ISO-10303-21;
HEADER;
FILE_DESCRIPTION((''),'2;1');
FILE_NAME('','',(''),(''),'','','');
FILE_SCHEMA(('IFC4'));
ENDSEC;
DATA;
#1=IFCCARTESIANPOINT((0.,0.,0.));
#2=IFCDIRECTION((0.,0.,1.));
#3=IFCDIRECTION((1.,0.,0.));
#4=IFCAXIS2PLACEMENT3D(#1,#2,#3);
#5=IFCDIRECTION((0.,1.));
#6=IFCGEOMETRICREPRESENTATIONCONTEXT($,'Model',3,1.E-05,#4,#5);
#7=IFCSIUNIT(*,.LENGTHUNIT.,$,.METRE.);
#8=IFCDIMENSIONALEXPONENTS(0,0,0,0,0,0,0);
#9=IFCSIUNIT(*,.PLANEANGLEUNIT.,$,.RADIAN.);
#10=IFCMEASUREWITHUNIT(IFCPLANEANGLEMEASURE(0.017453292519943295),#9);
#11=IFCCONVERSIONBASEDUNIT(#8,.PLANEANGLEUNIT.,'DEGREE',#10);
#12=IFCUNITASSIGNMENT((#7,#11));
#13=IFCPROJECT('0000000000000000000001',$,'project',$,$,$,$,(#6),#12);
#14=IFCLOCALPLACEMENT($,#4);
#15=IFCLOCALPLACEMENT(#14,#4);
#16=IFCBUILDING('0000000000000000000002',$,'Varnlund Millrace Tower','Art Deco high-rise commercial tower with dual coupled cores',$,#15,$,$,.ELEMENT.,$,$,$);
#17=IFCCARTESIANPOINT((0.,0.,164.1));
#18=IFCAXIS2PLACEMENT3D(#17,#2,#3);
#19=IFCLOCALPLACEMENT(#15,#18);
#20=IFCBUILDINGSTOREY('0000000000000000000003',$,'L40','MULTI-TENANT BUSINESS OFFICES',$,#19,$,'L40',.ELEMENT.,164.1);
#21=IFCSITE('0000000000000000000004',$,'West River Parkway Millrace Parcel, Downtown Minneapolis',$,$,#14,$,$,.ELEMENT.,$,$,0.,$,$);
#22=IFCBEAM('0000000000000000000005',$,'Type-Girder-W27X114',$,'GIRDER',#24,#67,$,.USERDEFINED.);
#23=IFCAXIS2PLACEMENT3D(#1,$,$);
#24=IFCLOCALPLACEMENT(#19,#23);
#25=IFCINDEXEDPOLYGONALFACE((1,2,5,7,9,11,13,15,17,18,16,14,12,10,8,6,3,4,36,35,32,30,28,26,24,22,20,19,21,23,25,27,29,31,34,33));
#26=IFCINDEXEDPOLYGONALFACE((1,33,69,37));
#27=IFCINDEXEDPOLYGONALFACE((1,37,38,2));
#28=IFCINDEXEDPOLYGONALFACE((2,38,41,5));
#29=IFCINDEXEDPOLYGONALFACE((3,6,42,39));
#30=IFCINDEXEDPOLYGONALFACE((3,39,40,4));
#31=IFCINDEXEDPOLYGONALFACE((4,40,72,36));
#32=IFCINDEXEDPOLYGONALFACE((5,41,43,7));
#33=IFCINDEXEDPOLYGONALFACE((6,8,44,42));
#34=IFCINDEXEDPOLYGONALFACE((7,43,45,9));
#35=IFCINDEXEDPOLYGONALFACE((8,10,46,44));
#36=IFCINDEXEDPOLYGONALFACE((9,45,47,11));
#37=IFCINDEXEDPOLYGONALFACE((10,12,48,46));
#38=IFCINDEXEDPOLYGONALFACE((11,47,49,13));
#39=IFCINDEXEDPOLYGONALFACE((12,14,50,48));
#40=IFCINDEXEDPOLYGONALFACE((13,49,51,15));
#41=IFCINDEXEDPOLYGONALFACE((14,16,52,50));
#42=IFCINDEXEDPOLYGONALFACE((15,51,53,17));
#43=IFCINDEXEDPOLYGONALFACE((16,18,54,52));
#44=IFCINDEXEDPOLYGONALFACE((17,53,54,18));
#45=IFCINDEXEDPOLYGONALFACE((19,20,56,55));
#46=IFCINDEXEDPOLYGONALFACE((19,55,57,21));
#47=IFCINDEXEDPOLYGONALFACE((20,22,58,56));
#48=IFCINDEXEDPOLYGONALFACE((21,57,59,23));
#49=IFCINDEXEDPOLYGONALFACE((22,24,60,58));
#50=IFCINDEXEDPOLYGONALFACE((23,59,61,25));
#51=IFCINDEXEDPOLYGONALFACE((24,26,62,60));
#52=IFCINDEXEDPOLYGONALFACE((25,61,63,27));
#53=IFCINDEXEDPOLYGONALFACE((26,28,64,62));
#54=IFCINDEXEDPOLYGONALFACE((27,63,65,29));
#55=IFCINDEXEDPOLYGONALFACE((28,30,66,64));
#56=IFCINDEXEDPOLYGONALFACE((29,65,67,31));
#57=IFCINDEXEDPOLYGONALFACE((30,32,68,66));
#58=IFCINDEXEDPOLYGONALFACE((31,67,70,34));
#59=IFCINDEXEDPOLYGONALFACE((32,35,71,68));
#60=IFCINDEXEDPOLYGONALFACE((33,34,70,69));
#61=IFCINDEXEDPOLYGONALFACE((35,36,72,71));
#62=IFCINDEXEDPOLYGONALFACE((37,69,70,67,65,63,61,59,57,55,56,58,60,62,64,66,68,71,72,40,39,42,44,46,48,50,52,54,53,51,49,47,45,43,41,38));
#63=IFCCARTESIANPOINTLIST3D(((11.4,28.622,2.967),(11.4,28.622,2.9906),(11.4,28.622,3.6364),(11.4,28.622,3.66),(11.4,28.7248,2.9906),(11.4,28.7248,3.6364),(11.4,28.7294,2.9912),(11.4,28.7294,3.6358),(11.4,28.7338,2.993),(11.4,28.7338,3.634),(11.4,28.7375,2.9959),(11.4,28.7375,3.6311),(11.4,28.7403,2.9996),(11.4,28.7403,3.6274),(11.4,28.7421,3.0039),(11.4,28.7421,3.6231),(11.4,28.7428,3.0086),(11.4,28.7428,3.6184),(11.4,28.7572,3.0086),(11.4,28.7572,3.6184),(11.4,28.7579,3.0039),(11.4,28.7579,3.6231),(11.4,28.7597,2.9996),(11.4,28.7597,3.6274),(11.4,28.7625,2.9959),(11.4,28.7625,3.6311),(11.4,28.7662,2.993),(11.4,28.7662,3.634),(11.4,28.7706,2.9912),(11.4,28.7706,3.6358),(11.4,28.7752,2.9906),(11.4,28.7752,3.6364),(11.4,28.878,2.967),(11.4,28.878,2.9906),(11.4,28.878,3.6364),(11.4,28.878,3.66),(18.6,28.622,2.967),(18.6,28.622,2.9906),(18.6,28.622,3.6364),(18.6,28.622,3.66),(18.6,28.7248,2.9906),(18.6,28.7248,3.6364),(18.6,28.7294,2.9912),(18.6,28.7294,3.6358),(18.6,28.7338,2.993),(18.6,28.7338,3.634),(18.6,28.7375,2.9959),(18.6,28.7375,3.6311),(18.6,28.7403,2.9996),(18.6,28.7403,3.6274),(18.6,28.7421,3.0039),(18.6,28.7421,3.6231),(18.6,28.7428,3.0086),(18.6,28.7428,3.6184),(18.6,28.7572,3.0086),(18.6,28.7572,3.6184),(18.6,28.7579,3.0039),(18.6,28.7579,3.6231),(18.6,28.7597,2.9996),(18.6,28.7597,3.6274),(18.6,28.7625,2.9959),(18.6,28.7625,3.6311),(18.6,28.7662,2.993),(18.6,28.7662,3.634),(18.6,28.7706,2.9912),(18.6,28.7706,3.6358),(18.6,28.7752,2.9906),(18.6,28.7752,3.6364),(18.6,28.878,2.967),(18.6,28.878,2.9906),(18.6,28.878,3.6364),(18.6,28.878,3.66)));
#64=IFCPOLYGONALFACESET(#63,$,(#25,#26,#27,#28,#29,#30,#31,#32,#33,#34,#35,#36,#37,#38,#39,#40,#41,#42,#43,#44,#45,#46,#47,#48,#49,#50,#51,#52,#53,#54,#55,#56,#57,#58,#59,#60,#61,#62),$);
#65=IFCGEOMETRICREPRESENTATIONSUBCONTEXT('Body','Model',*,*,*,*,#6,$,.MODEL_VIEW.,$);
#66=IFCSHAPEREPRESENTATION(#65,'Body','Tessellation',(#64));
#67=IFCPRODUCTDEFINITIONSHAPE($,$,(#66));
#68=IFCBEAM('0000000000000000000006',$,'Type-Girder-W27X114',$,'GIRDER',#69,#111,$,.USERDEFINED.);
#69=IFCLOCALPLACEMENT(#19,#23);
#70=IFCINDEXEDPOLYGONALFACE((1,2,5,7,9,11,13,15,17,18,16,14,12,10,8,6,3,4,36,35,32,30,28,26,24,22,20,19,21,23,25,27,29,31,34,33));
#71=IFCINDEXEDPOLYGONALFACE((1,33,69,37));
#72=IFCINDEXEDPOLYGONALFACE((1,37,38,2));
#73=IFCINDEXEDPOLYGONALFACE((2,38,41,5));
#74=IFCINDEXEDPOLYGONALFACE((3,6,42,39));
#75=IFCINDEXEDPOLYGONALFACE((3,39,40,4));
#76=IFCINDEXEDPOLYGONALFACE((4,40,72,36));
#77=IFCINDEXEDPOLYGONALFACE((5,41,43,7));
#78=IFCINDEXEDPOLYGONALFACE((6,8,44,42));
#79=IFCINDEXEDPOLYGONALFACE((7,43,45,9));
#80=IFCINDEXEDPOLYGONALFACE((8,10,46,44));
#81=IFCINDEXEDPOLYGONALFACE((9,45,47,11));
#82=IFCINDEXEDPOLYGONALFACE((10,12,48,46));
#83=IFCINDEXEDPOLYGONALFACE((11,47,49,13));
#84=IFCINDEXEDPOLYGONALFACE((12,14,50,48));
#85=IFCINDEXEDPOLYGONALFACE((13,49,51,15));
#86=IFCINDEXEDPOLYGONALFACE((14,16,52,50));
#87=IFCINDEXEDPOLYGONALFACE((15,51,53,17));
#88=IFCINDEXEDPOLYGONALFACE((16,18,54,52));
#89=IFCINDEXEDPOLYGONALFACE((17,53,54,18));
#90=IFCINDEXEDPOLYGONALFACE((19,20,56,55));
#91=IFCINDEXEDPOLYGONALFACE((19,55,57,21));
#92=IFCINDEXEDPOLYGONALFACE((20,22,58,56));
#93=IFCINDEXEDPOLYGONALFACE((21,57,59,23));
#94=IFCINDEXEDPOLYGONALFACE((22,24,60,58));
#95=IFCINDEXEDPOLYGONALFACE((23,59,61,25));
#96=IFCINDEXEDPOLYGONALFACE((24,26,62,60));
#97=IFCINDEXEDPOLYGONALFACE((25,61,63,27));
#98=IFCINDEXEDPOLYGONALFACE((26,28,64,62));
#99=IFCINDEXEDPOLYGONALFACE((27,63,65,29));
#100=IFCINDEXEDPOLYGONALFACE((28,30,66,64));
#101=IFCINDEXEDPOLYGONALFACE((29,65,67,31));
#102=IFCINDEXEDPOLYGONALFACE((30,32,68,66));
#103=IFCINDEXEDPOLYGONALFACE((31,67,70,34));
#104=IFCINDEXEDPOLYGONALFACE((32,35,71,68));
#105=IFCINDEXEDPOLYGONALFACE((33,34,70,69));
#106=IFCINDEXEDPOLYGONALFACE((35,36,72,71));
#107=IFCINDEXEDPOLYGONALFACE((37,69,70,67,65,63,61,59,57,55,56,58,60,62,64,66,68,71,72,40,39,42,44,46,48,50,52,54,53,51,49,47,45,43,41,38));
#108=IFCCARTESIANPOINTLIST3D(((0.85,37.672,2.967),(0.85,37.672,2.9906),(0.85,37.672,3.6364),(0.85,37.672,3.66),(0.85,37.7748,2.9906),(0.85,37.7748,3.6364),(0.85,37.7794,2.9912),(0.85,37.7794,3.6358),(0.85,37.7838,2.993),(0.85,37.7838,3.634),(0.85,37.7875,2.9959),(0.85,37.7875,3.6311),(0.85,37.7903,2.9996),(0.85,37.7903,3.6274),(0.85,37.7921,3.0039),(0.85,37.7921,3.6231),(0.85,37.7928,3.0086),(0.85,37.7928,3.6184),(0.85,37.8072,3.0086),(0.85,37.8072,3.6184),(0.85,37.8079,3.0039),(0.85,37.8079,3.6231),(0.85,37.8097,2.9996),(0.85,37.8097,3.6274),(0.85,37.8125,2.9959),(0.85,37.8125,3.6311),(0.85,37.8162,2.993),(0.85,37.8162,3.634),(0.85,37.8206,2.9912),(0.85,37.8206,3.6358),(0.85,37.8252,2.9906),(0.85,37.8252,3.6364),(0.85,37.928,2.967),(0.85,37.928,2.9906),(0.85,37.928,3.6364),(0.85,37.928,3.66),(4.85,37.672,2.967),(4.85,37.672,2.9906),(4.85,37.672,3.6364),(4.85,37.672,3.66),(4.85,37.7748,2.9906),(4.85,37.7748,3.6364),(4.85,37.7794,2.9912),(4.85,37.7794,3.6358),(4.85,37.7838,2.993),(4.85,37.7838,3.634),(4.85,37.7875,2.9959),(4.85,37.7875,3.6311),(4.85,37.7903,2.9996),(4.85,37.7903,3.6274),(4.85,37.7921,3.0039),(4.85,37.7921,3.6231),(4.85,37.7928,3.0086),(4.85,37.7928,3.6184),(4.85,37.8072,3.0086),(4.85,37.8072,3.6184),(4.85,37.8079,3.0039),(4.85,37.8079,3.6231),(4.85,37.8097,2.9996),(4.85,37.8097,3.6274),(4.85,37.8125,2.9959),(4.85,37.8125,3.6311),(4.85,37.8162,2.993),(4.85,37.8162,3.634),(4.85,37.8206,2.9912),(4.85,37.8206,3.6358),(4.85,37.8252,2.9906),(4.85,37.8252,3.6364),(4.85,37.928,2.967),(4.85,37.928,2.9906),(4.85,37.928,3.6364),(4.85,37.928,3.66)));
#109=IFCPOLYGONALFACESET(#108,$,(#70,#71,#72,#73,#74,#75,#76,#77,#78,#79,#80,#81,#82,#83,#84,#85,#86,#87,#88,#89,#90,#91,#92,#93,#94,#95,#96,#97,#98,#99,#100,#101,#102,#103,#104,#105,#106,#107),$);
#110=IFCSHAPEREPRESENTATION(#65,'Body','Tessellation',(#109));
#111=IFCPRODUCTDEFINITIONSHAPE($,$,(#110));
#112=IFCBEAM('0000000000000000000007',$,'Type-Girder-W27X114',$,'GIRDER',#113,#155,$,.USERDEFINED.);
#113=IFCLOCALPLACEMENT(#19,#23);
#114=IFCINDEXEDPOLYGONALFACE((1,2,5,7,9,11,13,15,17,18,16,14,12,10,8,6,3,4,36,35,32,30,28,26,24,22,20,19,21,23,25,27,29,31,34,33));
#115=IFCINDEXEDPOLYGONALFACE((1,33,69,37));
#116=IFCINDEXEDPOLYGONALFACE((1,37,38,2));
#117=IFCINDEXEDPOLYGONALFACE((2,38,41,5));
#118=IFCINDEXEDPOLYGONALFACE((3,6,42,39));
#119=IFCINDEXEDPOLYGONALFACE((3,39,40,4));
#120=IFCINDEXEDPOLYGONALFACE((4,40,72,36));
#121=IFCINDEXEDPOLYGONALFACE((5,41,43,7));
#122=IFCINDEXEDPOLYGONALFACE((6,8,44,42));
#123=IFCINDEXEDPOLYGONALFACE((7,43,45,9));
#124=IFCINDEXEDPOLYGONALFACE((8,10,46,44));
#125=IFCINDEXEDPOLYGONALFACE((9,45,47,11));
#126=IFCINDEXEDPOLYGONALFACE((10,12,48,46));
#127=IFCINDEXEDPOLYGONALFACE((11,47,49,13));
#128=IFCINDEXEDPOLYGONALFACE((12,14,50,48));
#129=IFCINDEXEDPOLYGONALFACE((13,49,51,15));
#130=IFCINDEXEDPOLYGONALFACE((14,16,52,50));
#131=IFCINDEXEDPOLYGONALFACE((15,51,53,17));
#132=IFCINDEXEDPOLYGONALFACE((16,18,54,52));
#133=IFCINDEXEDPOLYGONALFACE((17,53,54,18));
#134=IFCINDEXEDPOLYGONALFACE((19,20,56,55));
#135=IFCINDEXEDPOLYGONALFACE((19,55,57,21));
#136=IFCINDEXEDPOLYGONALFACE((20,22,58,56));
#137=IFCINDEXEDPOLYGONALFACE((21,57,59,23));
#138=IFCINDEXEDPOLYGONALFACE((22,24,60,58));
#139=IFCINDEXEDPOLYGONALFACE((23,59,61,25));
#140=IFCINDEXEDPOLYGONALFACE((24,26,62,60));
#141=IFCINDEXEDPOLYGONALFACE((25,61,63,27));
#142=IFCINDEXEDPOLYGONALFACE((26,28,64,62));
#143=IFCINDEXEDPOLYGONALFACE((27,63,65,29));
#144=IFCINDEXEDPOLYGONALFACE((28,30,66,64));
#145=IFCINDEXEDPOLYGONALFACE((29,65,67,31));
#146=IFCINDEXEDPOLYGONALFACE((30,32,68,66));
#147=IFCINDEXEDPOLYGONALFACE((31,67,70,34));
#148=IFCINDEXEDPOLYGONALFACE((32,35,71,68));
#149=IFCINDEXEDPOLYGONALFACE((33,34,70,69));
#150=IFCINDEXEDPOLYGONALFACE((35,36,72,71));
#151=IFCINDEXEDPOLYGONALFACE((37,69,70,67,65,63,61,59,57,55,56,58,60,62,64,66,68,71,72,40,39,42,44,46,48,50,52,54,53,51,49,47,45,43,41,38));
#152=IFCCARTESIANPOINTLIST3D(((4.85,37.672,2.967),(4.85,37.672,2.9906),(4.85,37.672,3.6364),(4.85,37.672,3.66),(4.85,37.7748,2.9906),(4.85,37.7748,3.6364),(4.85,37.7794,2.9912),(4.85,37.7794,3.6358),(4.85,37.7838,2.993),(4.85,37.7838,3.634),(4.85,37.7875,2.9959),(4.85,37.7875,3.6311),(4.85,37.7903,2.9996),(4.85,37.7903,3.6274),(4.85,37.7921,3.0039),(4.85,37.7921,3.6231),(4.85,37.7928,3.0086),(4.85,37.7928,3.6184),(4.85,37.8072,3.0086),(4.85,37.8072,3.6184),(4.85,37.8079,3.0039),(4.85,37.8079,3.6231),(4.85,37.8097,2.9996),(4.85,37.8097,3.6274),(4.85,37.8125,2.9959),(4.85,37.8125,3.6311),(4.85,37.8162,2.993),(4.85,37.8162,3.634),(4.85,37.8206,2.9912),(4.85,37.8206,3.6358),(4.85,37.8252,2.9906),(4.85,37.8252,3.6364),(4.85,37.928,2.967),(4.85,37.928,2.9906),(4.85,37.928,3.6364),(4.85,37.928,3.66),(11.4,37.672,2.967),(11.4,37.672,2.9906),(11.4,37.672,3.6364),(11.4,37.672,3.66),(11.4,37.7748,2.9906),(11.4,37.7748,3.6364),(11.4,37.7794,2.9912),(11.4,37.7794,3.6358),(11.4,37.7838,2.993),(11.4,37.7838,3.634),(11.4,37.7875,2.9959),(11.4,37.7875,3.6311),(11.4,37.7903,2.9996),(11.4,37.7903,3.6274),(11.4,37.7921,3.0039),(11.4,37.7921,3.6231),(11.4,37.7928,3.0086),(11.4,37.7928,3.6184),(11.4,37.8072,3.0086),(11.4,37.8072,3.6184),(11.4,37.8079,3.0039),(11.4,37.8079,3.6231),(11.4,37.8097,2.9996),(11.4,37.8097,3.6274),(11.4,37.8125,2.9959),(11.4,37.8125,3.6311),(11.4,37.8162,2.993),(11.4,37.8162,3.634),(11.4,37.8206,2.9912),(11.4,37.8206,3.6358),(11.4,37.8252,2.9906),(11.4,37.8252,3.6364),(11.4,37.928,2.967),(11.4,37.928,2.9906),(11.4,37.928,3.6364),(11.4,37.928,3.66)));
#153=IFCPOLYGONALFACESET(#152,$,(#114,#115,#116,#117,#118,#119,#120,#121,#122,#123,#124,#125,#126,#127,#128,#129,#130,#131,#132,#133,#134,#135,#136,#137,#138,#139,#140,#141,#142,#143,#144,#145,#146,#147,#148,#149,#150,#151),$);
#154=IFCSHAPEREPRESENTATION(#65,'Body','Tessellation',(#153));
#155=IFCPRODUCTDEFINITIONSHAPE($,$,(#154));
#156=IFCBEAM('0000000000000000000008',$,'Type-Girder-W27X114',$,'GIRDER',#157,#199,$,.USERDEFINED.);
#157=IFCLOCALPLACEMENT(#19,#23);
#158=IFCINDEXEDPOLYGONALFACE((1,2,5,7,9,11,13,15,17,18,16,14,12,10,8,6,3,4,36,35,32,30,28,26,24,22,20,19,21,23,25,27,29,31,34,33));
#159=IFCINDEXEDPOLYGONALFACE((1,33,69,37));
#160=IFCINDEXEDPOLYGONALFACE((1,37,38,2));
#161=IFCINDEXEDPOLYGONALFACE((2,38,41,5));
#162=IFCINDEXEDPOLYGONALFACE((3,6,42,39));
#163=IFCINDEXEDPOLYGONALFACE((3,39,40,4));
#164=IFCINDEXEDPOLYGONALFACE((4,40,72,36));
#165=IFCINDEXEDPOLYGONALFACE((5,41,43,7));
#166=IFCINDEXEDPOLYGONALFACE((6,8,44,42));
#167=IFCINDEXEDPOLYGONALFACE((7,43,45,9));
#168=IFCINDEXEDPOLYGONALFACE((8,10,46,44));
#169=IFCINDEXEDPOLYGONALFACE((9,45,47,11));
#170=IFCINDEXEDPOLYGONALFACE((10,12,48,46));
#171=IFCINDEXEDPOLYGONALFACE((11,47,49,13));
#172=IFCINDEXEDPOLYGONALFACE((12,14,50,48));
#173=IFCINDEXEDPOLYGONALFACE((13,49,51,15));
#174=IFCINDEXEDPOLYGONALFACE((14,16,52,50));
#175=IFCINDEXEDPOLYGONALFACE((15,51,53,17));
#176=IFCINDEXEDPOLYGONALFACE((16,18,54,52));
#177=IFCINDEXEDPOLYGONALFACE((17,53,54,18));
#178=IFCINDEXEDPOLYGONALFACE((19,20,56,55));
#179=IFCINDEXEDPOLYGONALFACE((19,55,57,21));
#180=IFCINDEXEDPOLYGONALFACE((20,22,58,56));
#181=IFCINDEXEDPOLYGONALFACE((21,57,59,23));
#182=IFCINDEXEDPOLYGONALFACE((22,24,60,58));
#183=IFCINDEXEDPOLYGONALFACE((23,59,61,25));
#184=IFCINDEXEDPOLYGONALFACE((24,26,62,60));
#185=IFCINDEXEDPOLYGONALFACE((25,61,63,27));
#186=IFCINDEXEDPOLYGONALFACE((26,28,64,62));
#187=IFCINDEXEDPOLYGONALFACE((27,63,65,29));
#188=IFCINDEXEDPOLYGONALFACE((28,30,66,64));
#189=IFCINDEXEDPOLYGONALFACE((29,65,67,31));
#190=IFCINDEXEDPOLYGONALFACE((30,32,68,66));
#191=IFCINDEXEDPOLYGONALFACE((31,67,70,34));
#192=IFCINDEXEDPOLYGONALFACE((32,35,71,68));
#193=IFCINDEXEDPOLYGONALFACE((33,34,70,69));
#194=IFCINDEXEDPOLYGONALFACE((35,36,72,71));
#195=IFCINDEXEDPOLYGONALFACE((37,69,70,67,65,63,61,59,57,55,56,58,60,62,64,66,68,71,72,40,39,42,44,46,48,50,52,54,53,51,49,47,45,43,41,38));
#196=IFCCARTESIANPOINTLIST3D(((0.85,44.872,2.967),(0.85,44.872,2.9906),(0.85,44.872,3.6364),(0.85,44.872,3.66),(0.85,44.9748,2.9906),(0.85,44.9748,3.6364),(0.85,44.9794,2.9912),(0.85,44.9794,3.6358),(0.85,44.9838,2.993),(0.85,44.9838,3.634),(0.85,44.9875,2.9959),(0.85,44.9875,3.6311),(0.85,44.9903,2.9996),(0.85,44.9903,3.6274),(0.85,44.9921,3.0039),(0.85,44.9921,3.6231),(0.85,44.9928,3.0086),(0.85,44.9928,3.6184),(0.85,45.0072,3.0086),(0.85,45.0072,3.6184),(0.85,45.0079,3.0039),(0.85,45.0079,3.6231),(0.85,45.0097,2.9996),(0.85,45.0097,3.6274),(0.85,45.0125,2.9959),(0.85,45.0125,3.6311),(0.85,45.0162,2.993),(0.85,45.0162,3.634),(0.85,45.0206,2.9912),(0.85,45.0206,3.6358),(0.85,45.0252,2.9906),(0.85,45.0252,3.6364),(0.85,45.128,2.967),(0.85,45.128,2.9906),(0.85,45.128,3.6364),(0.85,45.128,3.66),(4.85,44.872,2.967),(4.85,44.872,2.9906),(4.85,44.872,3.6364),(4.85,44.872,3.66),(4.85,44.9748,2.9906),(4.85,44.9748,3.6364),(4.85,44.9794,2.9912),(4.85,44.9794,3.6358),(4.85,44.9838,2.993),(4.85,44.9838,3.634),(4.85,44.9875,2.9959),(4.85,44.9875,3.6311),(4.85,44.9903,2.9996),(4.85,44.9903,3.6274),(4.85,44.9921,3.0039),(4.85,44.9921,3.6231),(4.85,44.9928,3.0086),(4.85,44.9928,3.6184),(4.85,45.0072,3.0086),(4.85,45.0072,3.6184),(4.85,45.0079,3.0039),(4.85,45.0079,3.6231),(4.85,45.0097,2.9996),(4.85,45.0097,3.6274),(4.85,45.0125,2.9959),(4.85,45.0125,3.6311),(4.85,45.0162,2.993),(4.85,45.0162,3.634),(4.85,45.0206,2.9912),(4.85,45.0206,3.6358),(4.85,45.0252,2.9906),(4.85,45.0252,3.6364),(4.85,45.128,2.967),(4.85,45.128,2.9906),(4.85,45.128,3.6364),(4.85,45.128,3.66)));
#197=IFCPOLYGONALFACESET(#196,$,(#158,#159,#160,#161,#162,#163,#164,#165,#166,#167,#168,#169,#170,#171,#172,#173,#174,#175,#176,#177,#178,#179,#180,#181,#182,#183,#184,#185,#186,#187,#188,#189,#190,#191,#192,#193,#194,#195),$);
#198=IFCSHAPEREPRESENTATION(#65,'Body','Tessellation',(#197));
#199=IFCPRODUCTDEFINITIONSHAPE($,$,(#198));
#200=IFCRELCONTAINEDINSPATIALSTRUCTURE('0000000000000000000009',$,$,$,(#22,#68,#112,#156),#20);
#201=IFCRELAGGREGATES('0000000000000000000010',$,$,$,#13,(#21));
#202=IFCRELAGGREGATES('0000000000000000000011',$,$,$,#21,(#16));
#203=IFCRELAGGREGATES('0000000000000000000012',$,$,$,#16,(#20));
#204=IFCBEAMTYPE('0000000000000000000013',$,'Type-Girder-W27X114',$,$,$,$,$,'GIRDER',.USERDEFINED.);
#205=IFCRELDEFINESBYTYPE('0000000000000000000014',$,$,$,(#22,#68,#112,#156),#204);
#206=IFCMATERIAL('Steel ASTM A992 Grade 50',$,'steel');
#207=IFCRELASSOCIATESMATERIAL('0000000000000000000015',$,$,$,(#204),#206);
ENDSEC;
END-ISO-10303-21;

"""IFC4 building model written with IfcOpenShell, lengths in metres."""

from ifc_helpers import new_model, entity, si_unit, converted_unit, direction, frame, origin_with_axes, origin_2d_with_axis, place, context, subcontext, project, spatial, i_section, extrude, material, material_profile, profile_set, type_object, element, save


model = new_model("IFC4")

# Units and contexts
model_context = context("Model", 3, precision=1e-05, world=origin_with_axes(), true_north=direction((0.0, 1.0)))
body_context = subcontext(model_context, "Body", "Model", "MODEL_VIEW")
ifc_project = project(units=[si_unit("LENGTHUNIT", "METRE"), converted_unit("PLANEANGLEUNIT", "DEGREE", entity("IfcPlaneAngleMeasure", 0.017453292519943295), si_unit("PLANEANGLEUNIT", "RADIAN"), dimensions=[0, 0, 0, 0, 0, 0, 0])], contexts=[model_context])

# Site, building, storey
site_placement = place(None, origin_with_axes())
site = spatial("IfcSite", under=ifc_project, at=site_placement, Name="West River Parkway Millrace Parcel, Downtown Minneapolis", CompositionType="ELEMENT", RefElevation=0.0)
building_placement = place(site_placement, origin_with_axes())
building = spatial("IfcBuilding", under=site, at=building_placement, Name="Varnlund Millrace Tower", Description="Art Deco high-rise commercial tower with dual coupled cores", CompositionType="ELEMENT")
storey_placement = place(building_placement, frame((0.0, 0.0, 164.1), z_axis=(0.0, 0.0, 1.0), x_axis=(1.0, 0.0, 0.0)))
storey = spatial("IfcBuildingStorey", under=building, at=storey_placement, Name="L40", Description="MULTI-TENANT BUSINESS OFFICES", LongName="L40", CompositionType="ELEMENT", Elevation=164.1)

# Beams
ifc_material_1 = material(Name="Steel ASTM A992 Grade 50", Category="steel")
ifc_material_profile_1 = material_profile(ifc_material_1, i_section(OverallWidth=0.256, OverallDepth=0.693, WebThickness=0.0145, FlangeThickness=0.0236, FilletRadius=0.018, at=origin_2d_with_axis()), Name="Steel ASTM A992 Grade 50")
ifc_profile_set_1 = profile_set([ifc_material_profile_1], Name="Steel ASTM A992 Grade 50")
beam_type_1 = type_object("IfcBeamType", Name="Type-Girder-W27X114", ElementType="GIRDER", PredefinedType="USERDEFINED", material=ifc_profile_set_1)
beam_1_placement = place(storey_placement, frame((11.4, 28.75, 3.3135), z_axis=(1.0, 0.0, 0.0), x_axis=(0.0, 1.0, 0.0)))
element("IfcBeam", 1, at=beam_1_placement, inside=storey, type_object=beam_type_1, Name="Type-Girder-W27X114", ObjectType="GIRDER", PredefinedType="USERDEFINED", context=body_context, shape_type="SweptSolid", body=[
    extrude(i_section(OverallWidth=0.256, OverallDepth=0.693, WebThickness=0.0145, FlangeThickness=0.0236, FilletRadius=0.018, at=origin_2d_with_axis()), origin_with_axes(), (0.0, 0.0, 1.0), 7.2),
])
beam_2_placement = place(storey_placement, frame((0.85, 37.8, 3.3135), z_axis=(1.0, 0.0, 0.0), x_axis=(0.0, 1.0, 0.0)))
element("IfcBeam", 2, at=beam_2_placement, inside=storey, type_object=beam_type_1, Name="Type-Girder-W27X114", ObjectType="GIRDER", PredefinedType="USERDEFINED", context=body_context, shape_type="SweptSolid", body=[
    extrude(i_section(OverallWidth=0.256, OverallDepth=0.693, WebThickness=0.0145, FlangeThickness=0.0236, FilletRadius=0.018, at=origin_2d_with_axis()), origin_with_axes(), (0.0, 0.0, 1.0), 4.0),
])
beam_3_placement = place(storey_placement, frame((4.85, 37.8, 3.3135), z_axis=(1.0, 0.0, 0.0), x_axis=(0.0, 1.0, 0.0)))
element("IfcBeam", 3, at=beam_3_placement, inside=storey, type_object=beam_type_1, Name="Type-Girder-W27X114", ObjectType="GIRDER", PredefinedType="USERDEFINED", context=body_context, shape_type="SweptSolid", body=[
    extrude(i_section(OverallWidth=0.256, OverallDepth=0.693, WebThickness=0.0145, FlangeThickness=0.0236, FilletRadius=0.018, at=origin_2d_with_axis()), origin_with_axes(), (0.0, 0.0, 1.0), 6.55),
])
beam_4_placement = place(storey_placement, frame((0.85, 45.0, 3.3135), z_axis=(1.0, 0.0, 0.0), x_axis=(0.0, 1.0, 0.0)))
element("IfcBeam", 4, at=beam_4_placement, inside=storey, type_object=beam_type_1, Name="Type-Girder-W27X114", ObjectType="GIRDER", PredefinedType="USERDEFINED", context=body_context, shape_type="SweptSolid", body=[
    extrude(i_section(OverallWidth=0.256, OverallDepth=0.693, WebThickness=0.0145, FlangeThickness=0.0236, FilletRadius=0.018, at=origin_2d_with_axis()), origin_with_axes(), (0.0, 0.0, 1.0), 4.0),
])

save(model, "model.ifc")
